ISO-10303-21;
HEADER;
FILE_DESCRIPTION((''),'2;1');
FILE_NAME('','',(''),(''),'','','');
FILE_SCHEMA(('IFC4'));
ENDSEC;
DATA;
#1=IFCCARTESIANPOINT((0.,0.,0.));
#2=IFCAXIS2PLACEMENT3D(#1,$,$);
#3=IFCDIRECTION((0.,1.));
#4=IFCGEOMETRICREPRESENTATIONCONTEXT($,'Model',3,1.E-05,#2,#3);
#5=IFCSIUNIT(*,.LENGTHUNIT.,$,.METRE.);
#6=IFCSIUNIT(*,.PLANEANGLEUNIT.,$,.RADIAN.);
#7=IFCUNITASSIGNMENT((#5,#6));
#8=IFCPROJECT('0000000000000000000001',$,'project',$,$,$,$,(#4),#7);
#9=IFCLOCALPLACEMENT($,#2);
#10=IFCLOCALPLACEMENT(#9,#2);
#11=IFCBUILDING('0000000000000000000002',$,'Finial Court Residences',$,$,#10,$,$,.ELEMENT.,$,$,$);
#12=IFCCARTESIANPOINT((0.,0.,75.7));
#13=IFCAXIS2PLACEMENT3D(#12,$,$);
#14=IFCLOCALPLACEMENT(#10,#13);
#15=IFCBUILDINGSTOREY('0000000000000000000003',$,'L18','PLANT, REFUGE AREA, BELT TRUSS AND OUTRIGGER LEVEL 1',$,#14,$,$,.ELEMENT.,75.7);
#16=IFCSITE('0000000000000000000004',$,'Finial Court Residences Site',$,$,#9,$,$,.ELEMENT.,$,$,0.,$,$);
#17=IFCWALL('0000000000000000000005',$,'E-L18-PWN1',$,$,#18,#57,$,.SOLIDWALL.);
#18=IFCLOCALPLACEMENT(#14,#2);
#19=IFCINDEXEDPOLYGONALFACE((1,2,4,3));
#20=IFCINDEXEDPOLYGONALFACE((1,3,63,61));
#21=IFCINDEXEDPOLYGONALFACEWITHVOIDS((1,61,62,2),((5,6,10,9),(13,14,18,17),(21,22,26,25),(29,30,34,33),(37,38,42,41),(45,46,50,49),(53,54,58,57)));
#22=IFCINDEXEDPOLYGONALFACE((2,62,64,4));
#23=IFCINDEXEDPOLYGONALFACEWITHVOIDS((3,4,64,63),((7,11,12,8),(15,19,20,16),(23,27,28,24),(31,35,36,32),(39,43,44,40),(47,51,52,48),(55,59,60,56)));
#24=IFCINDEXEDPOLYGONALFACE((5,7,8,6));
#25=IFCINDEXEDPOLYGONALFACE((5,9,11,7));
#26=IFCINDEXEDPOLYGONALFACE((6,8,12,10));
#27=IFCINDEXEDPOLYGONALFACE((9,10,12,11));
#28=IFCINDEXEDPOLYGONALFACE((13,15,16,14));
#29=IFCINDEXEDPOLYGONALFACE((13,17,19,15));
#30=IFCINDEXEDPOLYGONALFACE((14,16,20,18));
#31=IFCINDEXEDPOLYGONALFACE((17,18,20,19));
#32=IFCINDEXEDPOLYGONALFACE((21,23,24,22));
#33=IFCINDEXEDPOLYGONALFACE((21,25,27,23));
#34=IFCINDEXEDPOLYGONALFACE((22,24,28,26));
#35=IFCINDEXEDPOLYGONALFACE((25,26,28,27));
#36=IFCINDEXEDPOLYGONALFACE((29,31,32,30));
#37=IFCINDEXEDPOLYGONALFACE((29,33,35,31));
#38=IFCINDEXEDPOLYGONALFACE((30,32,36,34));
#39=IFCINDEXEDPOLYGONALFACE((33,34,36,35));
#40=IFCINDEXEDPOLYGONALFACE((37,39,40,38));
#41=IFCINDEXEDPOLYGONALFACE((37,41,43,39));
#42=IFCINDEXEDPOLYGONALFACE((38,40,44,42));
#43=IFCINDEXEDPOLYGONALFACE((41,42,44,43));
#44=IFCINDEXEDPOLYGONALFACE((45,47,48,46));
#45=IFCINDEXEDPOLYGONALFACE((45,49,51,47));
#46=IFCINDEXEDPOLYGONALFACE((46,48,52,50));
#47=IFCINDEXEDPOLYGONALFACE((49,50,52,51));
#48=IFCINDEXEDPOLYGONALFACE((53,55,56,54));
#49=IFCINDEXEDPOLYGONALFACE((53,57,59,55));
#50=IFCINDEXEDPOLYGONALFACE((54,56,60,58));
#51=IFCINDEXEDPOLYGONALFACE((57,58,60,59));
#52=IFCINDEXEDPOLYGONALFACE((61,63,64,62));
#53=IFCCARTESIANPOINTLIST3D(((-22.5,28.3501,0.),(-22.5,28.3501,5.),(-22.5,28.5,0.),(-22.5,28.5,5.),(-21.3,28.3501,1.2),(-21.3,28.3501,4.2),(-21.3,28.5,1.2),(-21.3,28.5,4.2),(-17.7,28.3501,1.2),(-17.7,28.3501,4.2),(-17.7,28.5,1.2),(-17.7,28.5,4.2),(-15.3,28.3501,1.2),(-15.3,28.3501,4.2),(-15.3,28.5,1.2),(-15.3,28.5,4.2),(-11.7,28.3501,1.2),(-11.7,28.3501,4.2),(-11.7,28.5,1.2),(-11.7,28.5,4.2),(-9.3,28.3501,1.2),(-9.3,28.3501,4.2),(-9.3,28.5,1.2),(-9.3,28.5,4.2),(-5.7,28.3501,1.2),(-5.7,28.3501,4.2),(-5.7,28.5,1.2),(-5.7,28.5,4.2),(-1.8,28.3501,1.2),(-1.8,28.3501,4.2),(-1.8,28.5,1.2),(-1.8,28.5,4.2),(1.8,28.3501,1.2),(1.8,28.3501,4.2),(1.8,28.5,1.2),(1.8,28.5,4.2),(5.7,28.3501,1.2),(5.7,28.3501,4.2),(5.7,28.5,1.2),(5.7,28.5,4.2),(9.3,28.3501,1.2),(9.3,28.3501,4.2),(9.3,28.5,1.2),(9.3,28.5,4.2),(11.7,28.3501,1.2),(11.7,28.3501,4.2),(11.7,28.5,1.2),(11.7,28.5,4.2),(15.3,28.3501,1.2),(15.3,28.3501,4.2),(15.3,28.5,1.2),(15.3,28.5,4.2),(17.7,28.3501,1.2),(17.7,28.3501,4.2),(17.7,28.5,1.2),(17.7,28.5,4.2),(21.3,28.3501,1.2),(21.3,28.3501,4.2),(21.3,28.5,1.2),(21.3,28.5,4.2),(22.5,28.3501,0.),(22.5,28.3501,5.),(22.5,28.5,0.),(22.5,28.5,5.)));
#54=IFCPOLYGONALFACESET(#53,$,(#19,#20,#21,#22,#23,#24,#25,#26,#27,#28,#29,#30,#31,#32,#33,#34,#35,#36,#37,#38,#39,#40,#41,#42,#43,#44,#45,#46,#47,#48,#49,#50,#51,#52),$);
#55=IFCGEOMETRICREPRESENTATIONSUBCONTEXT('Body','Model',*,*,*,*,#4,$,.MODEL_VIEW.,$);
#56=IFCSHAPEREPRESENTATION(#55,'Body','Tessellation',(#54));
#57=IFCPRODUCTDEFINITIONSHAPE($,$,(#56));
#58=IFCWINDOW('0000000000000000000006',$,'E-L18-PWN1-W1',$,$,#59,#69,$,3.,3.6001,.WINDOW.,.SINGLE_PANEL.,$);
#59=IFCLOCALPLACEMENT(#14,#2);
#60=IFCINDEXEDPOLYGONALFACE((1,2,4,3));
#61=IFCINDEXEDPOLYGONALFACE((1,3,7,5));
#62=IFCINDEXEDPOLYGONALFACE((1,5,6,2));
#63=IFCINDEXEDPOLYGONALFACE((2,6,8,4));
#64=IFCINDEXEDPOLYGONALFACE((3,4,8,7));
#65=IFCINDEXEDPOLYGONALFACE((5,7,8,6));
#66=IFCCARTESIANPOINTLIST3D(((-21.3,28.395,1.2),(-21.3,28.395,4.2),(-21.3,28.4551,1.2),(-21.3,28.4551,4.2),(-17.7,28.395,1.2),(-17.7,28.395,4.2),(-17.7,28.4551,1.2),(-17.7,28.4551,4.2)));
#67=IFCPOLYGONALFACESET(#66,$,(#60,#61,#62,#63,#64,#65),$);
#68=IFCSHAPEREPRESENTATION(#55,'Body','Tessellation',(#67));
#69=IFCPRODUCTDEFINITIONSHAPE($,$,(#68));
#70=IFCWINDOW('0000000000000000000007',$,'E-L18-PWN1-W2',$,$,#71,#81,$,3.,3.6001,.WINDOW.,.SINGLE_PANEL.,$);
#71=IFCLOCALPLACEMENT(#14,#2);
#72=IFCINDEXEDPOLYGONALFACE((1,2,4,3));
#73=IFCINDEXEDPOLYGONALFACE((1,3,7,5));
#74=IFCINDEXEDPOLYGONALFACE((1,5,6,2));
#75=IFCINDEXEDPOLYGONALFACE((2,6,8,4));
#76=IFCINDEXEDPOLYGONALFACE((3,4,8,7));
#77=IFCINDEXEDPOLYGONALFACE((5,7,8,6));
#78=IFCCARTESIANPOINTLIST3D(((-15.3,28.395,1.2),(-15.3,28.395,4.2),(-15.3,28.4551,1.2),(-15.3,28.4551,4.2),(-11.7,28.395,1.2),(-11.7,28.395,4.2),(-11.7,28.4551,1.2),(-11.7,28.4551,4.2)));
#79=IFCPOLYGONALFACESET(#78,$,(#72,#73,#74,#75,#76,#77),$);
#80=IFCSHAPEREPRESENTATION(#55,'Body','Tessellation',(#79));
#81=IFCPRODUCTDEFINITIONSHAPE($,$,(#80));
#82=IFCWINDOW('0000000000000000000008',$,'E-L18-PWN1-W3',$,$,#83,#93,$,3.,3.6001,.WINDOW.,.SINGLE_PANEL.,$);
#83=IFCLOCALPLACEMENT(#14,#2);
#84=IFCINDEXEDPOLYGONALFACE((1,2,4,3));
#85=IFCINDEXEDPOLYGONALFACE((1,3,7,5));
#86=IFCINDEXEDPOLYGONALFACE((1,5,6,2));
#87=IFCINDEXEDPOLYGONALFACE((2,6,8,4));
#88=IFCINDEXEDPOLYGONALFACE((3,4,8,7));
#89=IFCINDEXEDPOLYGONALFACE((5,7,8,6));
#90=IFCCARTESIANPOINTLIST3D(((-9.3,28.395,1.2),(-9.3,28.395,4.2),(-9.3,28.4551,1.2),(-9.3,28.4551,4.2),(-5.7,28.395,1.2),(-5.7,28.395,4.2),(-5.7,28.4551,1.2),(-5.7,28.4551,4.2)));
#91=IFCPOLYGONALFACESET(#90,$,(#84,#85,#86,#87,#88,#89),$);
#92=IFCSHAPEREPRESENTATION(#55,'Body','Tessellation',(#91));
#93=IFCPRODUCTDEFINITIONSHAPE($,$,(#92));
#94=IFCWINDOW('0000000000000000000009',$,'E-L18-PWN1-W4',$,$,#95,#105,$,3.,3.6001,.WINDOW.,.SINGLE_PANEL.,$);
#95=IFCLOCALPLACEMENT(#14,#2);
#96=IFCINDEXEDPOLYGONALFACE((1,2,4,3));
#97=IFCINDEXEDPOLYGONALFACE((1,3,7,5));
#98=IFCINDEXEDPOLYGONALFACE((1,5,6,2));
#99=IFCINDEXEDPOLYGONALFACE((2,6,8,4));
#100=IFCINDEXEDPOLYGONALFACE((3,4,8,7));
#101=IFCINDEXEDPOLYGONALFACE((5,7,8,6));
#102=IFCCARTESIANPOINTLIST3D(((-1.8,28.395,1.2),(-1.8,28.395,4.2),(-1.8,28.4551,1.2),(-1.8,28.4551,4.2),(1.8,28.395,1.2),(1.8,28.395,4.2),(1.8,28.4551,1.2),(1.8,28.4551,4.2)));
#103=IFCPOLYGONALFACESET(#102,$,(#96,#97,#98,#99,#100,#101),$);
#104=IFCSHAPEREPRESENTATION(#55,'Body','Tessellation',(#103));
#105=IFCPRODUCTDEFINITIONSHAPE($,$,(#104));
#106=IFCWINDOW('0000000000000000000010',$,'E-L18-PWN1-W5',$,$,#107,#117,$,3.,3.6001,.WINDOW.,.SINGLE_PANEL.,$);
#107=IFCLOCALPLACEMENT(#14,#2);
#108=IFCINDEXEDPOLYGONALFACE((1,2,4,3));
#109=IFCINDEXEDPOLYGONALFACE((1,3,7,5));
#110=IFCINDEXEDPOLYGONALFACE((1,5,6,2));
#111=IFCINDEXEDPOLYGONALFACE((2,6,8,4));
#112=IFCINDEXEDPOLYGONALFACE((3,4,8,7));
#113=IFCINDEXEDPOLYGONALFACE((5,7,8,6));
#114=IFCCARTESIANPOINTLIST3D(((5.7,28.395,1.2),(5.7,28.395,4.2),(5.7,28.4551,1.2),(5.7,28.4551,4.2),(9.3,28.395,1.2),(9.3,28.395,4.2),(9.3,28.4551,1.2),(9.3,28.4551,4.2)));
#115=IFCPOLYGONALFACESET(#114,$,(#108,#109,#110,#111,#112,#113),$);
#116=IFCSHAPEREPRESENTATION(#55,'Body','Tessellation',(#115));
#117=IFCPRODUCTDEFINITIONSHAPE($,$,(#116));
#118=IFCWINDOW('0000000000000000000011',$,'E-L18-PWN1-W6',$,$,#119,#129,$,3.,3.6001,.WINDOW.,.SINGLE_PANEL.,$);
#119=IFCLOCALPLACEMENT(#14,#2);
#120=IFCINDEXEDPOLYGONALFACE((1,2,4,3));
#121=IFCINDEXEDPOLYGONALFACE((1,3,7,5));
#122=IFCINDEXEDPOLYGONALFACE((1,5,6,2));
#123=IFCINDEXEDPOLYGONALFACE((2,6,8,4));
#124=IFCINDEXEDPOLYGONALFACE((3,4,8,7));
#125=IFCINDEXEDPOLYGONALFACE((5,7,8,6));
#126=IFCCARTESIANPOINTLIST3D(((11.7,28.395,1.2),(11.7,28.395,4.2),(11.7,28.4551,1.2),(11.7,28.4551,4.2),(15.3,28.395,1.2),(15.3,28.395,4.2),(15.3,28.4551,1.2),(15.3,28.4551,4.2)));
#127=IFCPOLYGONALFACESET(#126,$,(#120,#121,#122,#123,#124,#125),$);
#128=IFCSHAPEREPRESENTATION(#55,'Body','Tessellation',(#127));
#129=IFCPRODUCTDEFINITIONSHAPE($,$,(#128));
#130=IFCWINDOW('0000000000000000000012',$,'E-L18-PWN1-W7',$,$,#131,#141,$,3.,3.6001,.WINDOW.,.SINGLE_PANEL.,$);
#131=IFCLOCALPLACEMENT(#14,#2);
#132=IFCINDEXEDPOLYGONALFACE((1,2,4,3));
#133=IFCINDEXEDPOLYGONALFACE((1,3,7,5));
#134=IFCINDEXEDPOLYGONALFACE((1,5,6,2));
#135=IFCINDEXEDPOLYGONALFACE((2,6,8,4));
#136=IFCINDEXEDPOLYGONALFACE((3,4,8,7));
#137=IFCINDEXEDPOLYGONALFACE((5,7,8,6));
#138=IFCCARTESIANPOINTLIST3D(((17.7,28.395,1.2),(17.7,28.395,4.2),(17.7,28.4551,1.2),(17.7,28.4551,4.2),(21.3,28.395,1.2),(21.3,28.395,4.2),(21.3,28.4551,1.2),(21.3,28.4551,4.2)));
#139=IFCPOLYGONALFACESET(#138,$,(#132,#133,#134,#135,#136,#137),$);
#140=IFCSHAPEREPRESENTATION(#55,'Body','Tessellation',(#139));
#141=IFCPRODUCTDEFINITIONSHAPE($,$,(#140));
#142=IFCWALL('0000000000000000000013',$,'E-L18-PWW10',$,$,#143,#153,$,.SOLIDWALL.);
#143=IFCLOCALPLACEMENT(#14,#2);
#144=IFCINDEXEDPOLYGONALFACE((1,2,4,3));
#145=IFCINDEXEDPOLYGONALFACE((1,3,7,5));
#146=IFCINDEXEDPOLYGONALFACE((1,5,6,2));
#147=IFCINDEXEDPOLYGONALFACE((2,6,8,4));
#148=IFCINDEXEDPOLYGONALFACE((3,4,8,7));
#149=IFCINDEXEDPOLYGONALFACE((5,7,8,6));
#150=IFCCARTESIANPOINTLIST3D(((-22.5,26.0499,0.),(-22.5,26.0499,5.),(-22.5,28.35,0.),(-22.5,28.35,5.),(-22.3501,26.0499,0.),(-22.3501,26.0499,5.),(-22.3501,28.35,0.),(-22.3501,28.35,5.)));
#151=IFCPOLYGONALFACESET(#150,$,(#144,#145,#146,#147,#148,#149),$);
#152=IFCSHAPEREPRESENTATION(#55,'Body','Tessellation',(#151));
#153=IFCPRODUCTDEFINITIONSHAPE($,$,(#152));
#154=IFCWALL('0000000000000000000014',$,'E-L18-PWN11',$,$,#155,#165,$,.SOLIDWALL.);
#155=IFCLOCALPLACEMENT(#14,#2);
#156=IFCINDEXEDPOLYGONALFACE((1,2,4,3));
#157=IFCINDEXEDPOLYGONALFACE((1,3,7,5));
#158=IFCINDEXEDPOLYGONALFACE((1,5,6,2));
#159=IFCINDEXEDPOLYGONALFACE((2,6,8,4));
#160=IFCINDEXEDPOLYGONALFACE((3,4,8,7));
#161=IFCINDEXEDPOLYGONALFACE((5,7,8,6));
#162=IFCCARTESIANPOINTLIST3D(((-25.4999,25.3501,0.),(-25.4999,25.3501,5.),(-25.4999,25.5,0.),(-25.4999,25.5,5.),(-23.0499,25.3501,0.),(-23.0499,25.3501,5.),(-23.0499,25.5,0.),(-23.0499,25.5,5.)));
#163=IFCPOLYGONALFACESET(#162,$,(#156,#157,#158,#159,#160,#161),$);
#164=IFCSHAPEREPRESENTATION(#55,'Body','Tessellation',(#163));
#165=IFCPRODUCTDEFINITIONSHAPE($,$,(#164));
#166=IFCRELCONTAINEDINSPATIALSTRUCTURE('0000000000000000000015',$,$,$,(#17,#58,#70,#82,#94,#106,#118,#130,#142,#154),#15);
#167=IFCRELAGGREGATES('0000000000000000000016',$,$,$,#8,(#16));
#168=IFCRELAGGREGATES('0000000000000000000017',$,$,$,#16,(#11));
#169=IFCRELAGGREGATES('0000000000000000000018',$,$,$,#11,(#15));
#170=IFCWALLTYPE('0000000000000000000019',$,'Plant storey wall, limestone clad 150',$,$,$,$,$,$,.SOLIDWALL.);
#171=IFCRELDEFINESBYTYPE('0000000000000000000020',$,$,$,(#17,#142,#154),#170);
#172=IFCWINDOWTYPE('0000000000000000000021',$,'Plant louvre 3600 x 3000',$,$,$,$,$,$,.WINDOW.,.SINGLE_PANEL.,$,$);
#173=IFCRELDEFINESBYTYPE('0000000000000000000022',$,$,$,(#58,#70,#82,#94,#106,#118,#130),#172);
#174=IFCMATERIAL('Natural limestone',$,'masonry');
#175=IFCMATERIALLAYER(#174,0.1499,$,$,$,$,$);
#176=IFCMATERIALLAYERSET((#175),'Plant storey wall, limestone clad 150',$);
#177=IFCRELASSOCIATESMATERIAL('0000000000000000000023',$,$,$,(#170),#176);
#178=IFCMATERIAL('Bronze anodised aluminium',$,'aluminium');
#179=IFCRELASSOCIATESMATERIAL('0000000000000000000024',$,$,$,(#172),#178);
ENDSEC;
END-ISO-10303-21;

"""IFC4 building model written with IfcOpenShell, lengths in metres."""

from ifc_helpers import new_model, si_unit, direction, frame, frame_2d, origin, place, context, subcontext, project, spatial, rectangle, extrude, material, layer, layer_set, type_object, element, fill, save


model = new_model("IFC4")

# Units and contexts
model_context = context("Model", 3, precision=1e-05, world=origin(), true_north=direction((0.0, 1.0)))
body_context = subcontext(model_context, "Body", "Model", "MODEL_VIEW")
ifc_project = project(units=[si_unit("LENGTHUNIT", "METRE"), si_unit("PLANEANGLEUNIT", "RADIAN")], contexts=[model_context])

# Site, building, storey
site_placement = place(None, origin())
site = spatial("IfcSite", under=ifc_project, at=site_placement, Name="Finial Court Residences Site", CompositionType="ELEMENT", RefElevation=0.0)
building_placement = place(site_placement, origin())
building = spatial("IfcBuilding", under=site, at=building_placement, Name="Finial Court Residences", CompositionType="ELEMENT")
storey_placement = place(building_placement, frame((0.0, 0.0, 75.7)))
storey = spatial("IfcBuildingStorey", under=building, at=storey_placement, Name="L18", Description="PLANT, REFUGE AREA, BELT TRUSS AND OUTRIGGER LEVEL 1", CompositionType="ELEMENT", Elevation=75.7)

# Wall, openings, windows
ifc_material_1 = material(Name="Natural limestone", Category="masonry")
ifc_layer_1 = layer(ifc_material_1, 0.1499)
ifc_layer_set_1 = layer_set([ifc_layer_1], Name="Plant storey wall, limestone clad 150")
wall_type_1 = type_object("IfcWallType", Name="Plant storey wall, limestone clad 150", PredefinedType="SOLIDWALL", material=ifc_layer_set_1)
wall_1_placement = place(storey_placement, frame((-22.5, 28.425, 0.0), z_axis=(0.0, 0.0, 1.0), x_axis=(1.0, 0.0, 0.0)))
wall_1 = element("IfcWall", 1, at=wall_1_placement, inside=storey, type_object=wall_type_1, Name="E-L18-PWN1", PredefinedType="SOLIDWALL", context=body_context, shape_type="SweptSolid", body=[
    extrude(rectangle(XDim=45.0, YDim=0.1499, at=frame_2d((22.5, 0.0))), origin(), (0.0, 0.0, 1.0), 5.0),
])
opening_1_placement = place(wall_1_placement, frame((1.2, 0.0, 1.2)))
opening_1 = element("IfcOpeningElement", 2, at=opening_1_placement, cuts=wall_1, PredefinedType="OPENING", context=body_context, shape_type="SweptSolid", body=[
    extrude(rectangle(XDim=3.6001, YDim=3.0, at=frame_2d((1.8, 1.5))), frame((0.0, 0.085, 0.0), z_axis=(0.0, -1.0, 0.0), x_axis=(1.0, 0.0, 0.0)), (0.0, 0.0, 1.0), 0.1699),
])
opening_2_placement = place(wall_1_placement, frame((7.2, 0.0, 1.2)))
opening_2 = element("IfcOpeningElement", 3, at=opening_2_placement, cuts=wall_1, PredefinedType="OPENING", context=body_context, shape_type="SweptSolid", body=[
    extrude(rectangle(XDim=3.6001, YDim=3.0, at=frame_2d((1.8, 1.5))), frame((0.0, 0.085, 0.0), z_axis=(0.0, -1.0, 0.0), x_axis=(1.0, 0.0, 0.0)), (0.0, 0.0, 1.0), 0.1699),
])
opening_3_placement = place(wall_1_placement, frame((13.2, 0.0, 1.2)))
opening_3 = element("IfcOpeningElement", 4, at=opening_3_placement, cuts=wall_1, PredefinedType="OPENING", context=body_context, shape_type="SweptSolid", body=[
    extrude(rectangle(XDim=3.6001, YDim=3.0, at=frame_2d((1.8, 1.5))), frame((0.0, 0.085, 0.0), z_axis=(0.0, -1.0, 0.0), x_axis=(1.0, 0.0, 0.0)), (0.0, 0.0, 1.0), 0.1699),
])
opening_4_placement = place(wall_1_placement, frame((20.7, 0.0, 1.2)))
opening_4 = element("IfcOpeningElement", 5, at=opening_4_placement, cuts=wall_1, PredefinedType="OPENING", context=body_context, shape_type="SweptSolid", body=[
    extrude(rectangle(XDim=3.6001, YDim=3.0, at=frame_2d((1.8, 1.5))), frame((0.0, 0.085, 0.0), z_axis=(0.0, -1.0, 0.0), x_axis=(1.0, 0.0, 0.0)), (0.0, 0.0, 1.0), 0.1699),
])
opening_5_placement = place(wall_1_placement, frame((28.2, 0.0, 1.2)))
opening_5 = element("IfcOpeningElement", 6, at=opening_5_placement, cuts=wall_1, PredefinedType="OPENING", context=body_context, shape_type="SweptSolid", body=[
    extrude(rectangle(XDim=3.6001, YDim=3.0, at=frame_2d((1.8, 1.5))), frame((0.0, 0.085, 0.0), z_axis=(0.0, -1.0, 0.0), x_axis=(1.0, 0.0, 0.0)), (0.0, 0.0, 1.0), 0.1699),
])
opening_6_placement = place(wall_1_placement, frame((34.2, 0.0, 1.2)))
opening_6 = element("IfcOpeningElement", 7, at=opening_6_placement, cuts=wall_1, PredefinedType="OPENING", context=body_context, shape_type="SweptSolid", body=[
    extrude(rectangle(XDim=3.6001, YDim=3.0, at=frame_2d((1.8, 1.5))), frame((0.0, 0.085, 0.0), z_axis=(0.0, -1.0, 0.0), x_axis=(1.0, 0.0, 0.0)), (0.0, 0.0, 1.0), 0.1699),
])
opening_7_placement = place(wall_1_placement, frame((40.2, 0.0, 1.2)))
opening_7 = element("IfcOpeningElement", 8, at=opening_7_placement, cuts=wall_1, PredefinedType="OPENING", context=body_context, shape_type="SweptSolid", body=[
    extrude(rectangle(XDim=3.6001, YDim=3.0, at=frame_2d((1.8, 1.5))), frame((0.0, 0.085, 0.0), z_axis=(0.0, -1.0, 0.0), x_axis=(1.0, 0.0, 0.0)), (0.0, 0.0, 1.0), 0.1699),
])
ifc_material_2 = material(Name="Bronze anodised aluminium", Category="aluminium")
window_type = type_object("IfcWindowType", Name="Plant louvre 3600 x 3000", PartitioningType="SINGLE_PANEL", PredefinedType="WINDOW", material=ifc_material_2)
window_1_placement = place(opening_1_placement, origin())
window_1 = element("IfcWindow", 9, at=window_1_placement, inside=storey, type_object=window_type, Name="E-L18-PWN1-W1", OverallHeight=3.0, OverallWidth=3.6001, PartitioningType="SINGLE_PANEL", PredefinedType="WINDOW", context=body_context, shape_type="SweptSolid", body=[
    extrude(rectangle(XDim=3.6001, YDim=3.0, at=frame_2d((1.8, 1.5))), frame((0.0, 0.03, 0.0), z_axis=(0.0, -1.0, 0.0), x_axis=(1.0, 0.0, 0.0)), (0.0, 0.0, 1.0), 0.0601),
])
fill(opening_1, window_1)
window_2_placement = place(opening_2_placement, origin())
window_2 = element("IfcWindow", 10, at=window_2_placement, inside=storey, type_object=window_type, Name="E-L18-PWN1-W2", OverallHeight=3.0, OverallWidth=3.6001, PartitioningType="SINGLE_PANEL", PredefinedType="WINDOW", context=body_context, shape_type="SweptSolid", body=[
    extrude(rectangle(XDim=3.6001, YDim=3.0, at=frame_2d((1.8, 1.5))), frame((0.0, 0.03, 0.0), z_axis=(0.0, -1.0, 0.0), x_axis=(1.0, 0.0, 0.0)), (0.0, 0.0, 1.0), 0.0601),
])
fill(opening_2, window_2)
window_3_placement = place(opening_3_placement, origin())
window_3 = element("IfcWindow", 11, at=window_3_placement, inside=storey, type_object=window_type, Name="E-L18-PWN1-W3", OverallHeight=3.0, OverallWidth=3.6001, PartitioningType="SINGLE_PANEL", PredefinedType="WINDOW", context=body_context, shape_type="SweptSolid", body=[
    extrude(rectangle(XDim=3.6001, YDim=3.0, at=frame_2d((1.8, 1.5))), frame((0.0, 0.03, 0.0), z_axis=(0.0, -1.0, 0.0), x_axis=(1.0, 0.0, 0.0)), (0.0, 0.0, 1.0), 0.0601),
])
fill(opening_3, window_3)
window_4_placement = place(opening_4_placement, origin())
window_4 = element("IfcWindow", 12, at=window_4_placement, inside=storey, type_object=window_type, Name="E-L18-PWN1-W4", OverallHeight=3.0, OverallWidth=3.6001, PartitioningType="SINGLE_PANEL", PredefinedType="WINDOW", context=body_context, shape_type="SweptSolid", body=[
    extrude(rectangle(XDim=3.6001, YDim=3.0, at=frame_2d((1.8, 1.5))), frame((0.0, 0.03, 0.0), z_axis=(0.0, -1.0, 0.0), x_axis=(1.0, 0.0, 0.0)), (0.0, 0.0, 1.0), 0.0601),
])
fill(opening_4, window_4)
window_5_placement = place(opening_5_placement, origin())
window_5 = element("IfcWindow", 13, at=window_5_placement, inside=storey, type_object=window_type, Name="E-L18-PWN1-W5", OverallHeight=3.0, OverallWidth=3.6001, PartitioningType="SINGLE_PANEL", PredefinedType="WINDOW", context=body_context, shape_type="SweptSolid", body=[
    extrude(rectangle(XDim=3.6001, YDim=3.0, at=frame_2d((1.8, 1.5))), frame((0.0, 0.03, 0.0), z_axis=(0.0, -1.0, 0.0), x_axis=(1.0, 0.0, 0.0)), (0.0, 0.0, 1.0), 0.0601),
])
fill(opening_5, window_5)
window_6_placement = place(opening_6_placement, origin())
window_6 = element("IfcWindow", 14, at=window_6_placement, inside=storey, type_object=window_type, Name="E-L18-PWN1-W6", OverallHeight=3.0, OverallWidth=3.6001, PartitioningType="SINGLE_PANEL", PredefinedType="WINDOW", context=body_context, shape_type="SweptSolid", body=[
    extrude(rectangle(XDim=3.6001, YDim=3.0, at=frame_2d((1.8, 1.5))), frame((0.0, 0.03, 0.0), z_axis=(0.0, -1.0, 0.0), x_axis=(1.0, 0.0, 0.0)), (0.0, 0.0, 1.0), 0.0601),
])
fill(opening_6, window_6)
window_7_placement = place(opening_7_placement, origin())
window_7 = element("IfcWindow", 15, at=window_7_placement, inside=storey, type_object=window_type, Name="E-L18-PWN1-W7", OverallHeight=3.0, OverallWidth=3.6001, PartitioningType="SINGLE_PANEL", PredefinedType="WINDOW", context=body_context, shape_type="SweptSolid", body=[
    extrude(rectangle(XDim=3.6001, YDim=3.0, at=frame_2d((1.8, 1.5))), frame((0.0, 0.03, 0.0), z_axis=(0.0, -1.0, 0.0), x_axis=(1.0, 0.0, 0.0)), (0.0, 0.0, 1.0), 0.0601),
])
fill(opening_7, window_7)

# Walls
wall_2_placement = place(storey_placement, frame((-22.425, 26.05, 0.0), z_axis=(0.0, 0.0, 1.0), x_axis=(0.0, 1.0, 0.0)))
element("IfcWall", 16, at=wall_2_placement, inside=storey, type_object=wall_type_1, Name="E-L18-PWW10", PredefinedType="SOLIDWALL", context=body_context, shape_type="SweptSolid", body=[
    extrude(rectangle(XDim=2.3, YDim=0.1499, at=frame_2d((1.1499, 0.0))), origin(), (0.0, 0.0, 1.0), 5.0),
])
wall_3_placement = place(storey_placement, frame((-25.5, 25.425, 0.0), z_axis=(0.0, 0.0, 1.0), x_axis=(1.0, 0.0, 0.0)))
element("IfcWall", 17, at=wall_3_placement, inside=storey, type_object=wall_type_1, Name="E-L18-PWN11", PredefinedType="SOLIDWALL", context=body_context, shape_type="SweptSolid", body=[
    extrude(rectangle(XDim=2.45, YDim=0.1499, at=frame_2d((1.2251, 0.0))), origin(), (0.0, 0.0, 1.0), 5.0),
])

save(model, "model.ifc")
